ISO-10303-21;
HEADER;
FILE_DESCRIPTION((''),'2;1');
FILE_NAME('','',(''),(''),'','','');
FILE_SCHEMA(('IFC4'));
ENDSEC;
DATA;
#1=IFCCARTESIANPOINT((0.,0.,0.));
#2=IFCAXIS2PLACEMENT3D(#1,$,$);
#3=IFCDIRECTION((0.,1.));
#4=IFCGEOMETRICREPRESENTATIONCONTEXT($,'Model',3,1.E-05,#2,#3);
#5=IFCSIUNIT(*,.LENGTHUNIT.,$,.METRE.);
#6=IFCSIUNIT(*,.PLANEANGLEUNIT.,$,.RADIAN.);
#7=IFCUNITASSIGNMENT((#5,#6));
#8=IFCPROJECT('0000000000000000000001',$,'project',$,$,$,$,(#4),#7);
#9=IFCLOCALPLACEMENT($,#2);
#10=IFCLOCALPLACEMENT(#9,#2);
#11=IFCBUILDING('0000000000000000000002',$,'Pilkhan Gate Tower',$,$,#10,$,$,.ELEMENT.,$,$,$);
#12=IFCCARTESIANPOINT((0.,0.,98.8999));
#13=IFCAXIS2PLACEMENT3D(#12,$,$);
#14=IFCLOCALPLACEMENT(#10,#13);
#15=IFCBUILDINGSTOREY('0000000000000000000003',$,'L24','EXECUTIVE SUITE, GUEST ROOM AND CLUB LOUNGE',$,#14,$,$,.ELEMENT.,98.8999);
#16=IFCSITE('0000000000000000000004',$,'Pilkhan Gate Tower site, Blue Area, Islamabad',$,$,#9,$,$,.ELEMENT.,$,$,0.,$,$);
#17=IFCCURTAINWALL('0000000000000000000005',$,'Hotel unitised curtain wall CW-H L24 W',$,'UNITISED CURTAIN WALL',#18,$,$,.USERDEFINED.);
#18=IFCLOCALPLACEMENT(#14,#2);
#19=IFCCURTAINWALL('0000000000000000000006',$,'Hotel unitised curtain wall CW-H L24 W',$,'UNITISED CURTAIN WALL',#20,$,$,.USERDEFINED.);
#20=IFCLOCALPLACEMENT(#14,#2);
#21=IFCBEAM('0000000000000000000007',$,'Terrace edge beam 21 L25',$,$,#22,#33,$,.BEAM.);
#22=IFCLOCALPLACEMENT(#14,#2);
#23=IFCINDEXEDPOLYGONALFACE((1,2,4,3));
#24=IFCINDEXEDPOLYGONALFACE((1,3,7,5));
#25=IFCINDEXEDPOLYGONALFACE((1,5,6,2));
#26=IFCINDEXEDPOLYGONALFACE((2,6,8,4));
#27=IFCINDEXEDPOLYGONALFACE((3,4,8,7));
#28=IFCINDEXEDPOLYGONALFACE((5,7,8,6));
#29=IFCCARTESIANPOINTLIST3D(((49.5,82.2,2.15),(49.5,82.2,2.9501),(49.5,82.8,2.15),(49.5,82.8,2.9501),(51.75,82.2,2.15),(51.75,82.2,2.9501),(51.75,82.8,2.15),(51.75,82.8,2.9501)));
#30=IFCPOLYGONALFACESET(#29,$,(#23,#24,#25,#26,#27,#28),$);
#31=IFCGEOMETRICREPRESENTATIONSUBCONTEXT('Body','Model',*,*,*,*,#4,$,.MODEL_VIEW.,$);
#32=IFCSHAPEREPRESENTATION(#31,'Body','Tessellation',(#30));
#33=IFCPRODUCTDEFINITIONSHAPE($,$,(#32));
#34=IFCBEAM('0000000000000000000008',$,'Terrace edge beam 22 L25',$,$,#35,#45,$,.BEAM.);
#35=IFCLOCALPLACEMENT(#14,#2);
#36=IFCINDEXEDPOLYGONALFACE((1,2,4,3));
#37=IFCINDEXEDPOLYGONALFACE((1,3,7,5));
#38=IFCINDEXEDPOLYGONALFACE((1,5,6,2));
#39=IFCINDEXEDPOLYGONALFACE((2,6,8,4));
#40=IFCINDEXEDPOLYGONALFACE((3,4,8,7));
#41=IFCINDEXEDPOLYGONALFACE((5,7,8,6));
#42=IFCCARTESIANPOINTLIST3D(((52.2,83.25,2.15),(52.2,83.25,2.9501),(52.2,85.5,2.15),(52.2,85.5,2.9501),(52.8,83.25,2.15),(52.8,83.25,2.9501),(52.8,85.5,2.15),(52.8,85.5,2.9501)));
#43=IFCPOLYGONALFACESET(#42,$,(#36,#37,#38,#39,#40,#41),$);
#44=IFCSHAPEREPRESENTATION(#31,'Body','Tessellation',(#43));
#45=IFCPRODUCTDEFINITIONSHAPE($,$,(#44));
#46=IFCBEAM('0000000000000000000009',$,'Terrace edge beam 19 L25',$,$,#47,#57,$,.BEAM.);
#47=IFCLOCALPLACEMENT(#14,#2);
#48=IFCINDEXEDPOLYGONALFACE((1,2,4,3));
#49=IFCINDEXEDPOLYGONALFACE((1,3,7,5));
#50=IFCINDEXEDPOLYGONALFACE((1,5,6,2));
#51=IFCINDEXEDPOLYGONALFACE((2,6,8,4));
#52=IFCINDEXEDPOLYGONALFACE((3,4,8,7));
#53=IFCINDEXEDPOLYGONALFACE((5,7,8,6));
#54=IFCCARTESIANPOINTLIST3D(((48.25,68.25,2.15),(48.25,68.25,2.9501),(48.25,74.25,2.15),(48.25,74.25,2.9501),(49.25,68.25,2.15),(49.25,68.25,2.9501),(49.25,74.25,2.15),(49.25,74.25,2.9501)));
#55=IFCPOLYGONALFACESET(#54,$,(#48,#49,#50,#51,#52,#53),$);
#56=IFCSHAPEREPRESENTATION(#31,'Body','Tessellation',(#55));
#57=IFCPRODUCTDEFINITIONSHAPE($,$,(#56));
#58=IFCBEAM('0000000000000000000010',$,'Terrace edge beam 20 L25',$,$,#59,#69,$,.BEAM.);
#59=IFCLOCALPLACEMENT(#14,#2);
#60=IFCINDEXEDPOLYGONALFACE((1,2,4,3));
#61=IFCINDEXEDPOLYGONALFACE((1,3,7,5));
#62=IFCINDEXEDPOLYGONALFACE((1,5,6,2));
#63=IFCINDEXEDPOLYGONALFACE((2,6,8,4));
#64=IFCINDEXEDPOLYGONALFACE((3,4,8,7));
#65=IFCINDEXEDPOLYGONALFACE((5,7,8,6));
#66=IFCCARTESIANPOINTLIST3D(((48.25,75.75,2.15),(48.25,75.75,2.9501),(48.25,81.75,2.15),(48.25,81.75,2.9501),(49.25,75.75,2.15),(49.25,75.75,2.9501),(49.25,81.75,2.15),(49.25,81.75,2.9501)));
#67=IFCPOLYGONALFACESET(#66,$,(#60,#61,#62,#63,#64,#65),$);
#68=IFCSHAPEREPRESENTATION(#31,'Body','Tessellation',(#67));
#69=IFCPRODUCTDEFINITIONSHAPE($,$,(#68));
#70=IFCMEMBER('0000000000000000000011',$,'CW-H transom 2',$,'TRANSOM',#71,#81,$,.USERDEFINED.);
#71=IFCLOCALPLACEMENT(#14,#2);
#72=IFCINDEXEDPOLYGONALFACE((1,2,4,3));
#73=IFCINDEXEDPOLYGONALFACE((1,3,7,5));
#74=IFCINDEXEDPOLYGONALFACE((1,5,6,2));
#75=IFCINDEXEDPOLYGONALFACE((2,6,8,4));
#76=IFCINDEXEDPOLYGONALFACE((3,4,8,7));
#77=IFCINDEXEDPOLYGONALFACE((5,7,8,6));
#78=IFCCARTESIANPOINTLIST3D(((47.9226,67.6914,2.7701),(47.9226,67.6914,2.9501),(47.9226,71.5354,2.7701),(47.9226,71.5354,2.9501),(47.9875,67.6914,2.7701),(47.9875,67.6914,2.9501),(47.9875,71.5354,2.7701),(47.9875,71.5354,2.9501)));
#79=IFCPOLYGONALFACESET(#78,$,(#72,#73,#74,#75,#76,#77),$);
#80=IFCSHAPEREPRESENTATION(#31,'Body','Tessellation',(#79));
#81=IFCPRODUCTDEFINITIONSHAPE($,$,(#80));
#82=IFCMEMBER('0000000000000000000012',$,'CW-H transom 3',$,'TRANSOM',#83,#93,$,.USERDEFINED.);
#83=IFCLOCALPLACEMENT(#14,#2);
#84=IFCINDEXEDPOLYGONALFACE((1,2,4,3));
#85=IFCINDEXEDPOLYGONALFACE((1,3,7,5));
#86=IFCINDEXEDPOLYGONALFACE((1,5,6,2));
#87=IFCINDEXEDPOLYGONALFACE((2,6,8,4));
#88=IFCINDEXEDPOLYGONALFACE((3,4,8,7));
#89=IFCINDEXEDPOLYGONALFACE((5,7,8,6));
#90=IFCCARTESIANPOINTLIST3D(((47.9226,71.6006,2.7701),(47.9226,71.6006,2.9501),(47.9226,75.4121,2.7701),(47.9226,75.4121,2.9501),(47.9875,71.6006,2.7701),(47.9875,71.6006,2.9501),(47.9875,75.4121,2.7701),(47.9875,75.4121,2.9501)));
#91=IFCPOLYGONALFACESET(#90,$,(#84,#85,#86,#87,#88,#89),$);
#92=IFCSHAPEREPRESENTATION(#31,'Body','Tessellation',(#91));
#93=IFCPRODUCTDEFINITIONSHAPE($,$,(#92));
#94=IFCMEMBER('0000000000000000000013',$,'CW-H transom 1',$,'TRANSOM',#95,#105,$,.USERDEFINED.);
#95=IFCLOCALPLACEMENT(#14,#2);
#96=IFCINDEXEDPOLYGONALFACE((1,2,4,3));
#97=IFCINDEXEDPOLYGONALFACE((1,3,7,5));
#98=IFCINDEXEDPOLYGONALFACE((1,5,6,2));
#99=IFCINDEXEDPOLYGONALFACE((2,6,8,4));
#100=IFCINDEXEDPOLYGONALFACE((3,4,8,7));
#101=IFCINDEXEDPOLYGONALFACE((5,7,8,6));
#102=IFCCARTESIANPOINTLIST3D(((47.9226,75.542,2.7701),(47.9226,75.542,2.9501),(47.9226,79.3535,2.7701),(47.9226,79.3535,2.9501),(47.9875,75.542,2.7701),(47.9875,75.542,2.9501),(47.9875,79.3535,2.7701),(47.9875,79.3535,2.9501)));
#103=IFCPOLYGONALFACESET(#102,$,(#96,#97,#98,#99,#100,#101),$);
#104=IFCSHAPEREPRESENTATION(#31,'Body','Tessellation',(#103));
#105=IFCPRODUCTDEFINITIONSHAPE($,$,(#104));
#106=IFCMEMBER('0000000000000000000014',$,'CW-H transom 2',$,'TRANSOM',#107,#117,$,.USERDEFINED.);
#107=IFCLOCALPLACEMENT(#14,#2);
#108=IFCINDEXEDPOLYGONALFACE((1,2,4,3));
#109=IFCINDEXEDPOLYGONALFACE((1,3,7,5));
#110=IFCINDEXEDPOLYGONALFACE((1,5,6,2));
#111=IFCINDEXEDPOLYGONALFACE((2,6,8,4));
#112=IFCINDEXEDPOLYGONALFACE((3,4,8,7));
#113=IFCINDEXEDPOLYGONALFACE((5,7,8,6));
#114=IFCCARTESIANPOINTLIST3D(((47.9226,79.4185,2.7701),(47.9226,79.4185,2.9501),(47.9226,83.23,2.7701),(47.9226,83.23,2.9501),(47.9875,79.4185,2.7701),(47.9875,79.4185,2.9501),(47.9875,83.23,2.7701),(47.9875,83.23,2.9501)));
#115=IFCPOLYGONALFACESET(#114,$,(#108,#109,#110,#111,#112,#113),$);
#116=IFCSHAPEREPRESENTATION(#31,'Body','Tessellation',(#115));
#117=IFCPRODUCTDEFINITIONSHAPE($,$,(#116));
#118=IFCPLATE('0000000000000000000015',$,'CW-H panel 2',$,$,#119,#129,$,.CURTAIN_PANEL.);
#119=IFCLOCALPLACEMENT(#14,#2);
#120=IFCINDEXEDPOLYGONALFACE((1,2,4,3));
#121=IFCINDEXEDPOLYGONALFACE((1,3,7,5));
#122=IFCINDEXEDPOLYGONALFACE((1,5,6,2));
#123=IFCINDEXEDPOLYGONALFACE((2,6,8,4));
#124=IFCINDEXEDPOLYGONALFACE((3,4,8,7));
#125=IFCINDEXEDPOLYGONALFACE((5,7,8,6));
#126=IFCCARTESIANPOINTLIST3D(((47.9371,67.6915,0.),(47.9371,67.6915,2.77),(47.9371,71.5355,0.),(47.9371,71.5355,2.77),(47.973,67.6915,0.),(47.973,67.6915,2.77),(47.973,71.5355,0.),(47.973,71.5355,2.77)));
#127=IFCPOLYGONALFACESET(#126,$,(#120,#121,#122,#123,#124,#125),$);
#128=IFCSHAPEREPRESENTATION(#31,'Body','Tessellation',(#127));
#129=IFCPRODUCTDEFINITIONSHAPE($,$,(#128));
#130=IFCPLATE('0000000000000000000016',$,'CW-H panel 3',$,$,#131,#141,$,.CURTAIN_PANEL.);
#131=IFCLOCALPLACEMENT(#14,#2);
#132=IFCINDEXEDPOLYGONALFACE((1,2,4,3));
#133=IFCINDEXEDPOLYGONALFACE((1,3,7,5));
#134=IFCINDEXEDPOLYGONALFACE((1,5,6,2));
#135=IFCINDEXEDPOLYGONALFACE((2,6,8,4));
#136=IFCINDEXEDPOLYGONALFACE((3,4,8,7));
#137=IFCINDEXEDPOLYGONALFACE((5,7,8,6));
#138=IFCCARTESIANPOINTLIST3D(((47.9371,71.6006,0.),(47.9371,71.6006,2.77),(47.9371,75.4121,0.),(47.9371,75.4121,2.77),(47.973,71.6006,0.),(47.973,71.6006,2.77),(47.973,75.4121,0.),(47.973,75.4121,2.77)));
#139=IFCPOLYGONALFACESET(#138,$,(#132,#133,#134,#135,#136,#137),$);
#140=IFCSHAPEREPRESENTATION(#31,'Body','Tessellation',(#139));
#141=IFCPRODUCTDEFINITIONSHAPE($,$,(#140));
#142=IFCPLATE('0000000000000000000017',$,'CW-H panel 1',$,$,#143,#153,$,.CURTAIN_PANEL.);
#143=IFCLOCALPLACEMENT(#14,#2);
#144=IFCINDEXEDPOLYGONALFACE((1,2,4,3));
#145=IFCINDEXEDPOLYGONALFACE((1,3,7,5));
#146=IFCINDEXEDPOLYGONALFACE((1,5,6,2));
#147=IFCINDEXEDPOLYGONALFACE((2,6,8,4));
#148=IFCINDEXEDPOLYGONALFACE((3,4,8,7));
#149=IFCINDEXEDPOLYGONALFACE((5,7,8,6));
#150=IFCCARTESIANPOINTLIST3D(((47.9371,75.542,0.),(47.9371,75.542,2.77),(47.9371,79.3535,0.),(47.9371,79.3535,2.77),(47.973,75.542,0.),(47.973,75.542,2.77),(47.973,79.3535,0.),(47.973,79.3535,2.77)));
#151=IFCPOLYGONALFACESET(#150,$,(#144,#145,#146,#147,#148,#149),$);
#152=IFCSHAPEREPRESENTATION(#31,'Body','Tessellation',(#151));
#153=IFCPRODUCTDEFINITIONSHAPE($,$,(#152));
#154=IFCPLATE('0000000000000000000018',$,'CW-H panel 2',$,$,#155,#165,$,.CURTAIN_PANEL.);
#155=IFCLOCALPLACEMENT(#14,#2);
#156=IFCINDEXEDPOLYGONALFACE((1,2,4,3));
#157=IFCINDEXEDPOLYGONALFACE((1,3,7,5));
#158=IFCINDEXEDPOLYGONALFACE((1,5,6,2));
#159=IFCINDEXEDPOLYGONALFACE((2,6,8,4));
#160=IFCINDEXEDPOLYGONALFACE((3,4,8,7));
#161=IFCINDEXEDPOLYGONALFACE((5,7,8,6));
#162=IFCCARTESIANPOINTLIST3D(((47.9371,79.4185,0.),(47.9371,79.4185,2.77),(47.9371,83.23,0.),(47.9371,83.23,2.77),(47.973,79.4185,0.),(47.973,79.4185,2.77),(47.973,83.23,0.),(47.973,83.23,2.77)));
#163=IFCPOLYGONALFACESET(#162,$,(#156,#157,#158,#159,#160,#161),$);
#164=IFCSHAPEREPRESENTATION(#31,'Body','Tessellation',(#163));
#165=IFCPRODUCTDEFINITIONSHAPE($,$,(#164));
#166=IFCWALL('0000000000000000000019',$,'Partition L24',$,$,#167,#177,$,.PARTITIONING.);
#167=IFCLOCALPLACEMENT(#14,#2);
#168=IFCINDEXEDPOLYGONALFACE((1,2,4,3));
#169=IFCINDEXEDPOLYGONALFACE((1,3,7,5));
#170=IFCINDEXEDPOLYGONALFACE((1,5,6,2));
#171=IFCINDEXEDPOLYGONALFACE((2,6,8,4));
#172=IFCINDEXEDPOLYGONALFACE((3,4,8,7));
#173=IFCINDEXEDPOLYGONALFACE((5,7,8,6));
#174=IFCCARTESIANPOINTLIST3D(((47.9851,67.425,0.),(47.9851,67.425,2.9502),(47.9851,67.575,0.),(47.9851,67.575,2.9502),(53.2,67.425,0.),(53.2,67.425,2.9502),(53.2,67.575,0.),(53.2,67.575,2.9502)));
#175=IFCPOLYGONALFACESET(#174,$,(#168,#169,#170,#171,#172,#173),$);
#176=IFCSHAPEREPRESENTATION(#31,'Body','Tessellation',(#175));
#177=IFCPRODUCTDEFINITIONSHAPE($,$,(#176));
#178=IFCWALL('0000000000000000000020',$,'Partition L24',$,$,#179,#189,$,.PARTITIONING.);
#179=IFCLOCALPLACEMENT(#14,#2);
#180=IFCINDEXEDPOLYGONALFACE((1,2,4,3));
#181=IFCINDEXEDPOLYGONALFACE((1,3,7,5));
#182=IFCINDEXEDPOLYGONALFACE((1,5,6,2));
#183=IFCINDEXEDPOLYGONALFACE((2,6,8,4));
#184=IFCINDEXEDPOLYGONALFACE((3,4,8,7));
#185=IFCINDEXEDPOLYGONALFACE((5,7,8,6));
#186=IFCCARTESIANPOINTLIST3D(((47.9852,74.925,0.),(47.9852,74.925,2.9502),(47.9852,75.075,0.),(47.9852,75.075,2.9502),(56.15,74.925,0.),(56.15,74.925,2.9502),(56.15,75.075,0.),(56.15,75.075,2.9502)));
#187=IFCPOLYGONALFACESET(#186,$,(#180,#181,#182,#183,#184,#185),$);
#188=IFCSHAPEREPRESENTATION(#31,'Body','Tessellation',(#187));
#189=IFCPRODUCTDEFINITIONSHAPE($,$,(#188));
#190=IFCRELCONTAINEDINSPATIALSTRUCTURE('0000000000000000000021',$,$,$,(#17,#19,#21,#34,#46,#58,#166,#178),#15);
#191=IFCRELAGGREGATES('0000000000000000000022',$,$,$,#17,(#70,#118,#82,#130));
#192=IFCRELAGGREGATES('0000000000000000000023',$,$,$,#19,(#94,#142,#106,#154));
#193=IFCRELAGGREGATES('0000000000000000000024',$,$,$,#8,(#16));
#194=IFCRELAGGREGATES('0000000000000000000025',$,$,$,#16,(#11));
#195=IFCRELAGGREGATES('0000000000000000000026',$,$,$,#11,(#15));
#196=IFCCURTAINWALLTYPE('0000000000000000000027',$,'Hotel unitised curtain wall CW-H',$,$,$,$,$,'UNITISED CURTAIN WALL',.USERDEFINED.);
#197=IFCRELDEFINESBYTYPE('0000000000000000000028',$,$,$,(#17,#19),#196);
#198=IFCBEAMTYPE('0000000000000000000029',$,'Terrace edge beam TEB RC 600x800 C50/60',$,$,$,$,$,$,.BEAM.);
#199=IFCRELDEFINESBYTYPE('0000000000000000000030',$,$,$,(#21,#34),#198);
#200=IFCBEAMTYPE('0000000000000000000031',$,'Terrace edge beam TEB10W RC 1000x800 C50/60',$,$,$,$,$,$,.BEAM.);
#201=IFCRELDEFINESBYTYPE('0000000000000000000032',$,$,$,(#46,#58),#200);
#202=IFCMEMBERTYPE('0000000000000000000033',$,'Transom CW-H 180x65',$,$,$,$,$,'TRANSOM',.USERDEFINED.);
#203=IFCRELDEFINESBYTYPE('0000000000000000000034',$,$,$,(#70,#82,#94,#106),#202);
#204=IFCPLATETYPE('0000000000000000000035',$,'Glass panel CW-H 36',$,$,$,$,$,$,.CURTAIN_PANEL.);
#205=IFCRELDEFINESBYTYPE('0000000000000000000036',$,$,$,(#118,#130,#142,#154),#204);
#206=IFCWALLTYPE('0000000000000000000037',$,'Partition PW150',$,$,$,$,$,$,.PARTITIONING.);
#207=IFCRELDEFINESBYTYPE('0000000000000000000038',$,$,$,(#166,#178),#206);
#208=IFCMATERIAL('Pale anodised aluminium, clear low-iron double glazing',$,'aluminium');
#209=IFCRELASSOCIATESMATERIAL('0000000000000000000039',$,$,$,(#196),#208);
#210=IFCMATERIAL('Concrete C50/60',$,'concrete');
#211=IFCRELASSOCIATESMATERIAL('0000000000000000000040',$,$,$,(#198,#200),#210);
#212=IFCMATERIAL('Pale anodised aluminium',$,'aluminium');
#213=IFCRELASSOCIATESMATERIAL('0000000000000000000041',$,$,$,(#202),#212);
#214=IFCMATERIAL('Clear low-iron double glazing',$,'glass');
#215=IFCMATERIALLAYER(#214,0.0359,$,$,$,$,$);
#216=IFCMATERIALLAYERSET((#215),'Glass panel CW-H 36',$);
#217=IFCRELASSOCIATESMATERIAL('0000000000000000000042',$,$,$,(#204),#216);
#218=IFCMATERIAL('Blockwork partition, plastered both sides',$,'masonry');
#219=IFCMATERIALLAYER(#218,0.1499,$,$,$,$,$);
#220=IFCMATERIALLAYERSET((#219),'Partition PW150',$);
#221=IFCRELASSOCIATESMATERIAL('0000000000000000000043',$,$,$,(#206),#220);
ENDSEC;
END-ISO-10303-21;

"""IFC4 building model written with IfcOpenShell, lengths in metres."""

from ifc_helpers import new_model, si_unit, direction, frame, frame_2d, origin, origin_2d, place, context, subcontext, project, spatial, rectangle, extrude, material, layer, layer_set, material_profile, profile_set, type_object, element, aggregate, save


model = new_model("IFC4")

# Units and contexts
model_context = context("Model", 3, precision=1e-05, world=origin(), true_north=direction((0.0, 1.0)))
body_context = subcontext(model_context, "Body", "Model", "MODEL_VIEW")
ifc_project = project(units=[si_unit("LENGTHUNIT", "METRE"), si_unit("PLANEANGLEUNIT", "RADIAN")], contexts=[model_context])

# Site, building, storey
site_placement = place(None, origin())
site = spatial("IfcSite", under=ifc_project, at=site_placement, Name="Pilkhan Gate Tower site, Blue Area, Islamabad", CompositionType="ELEMENT", RefElevation=0.0)
building_placement = place(site_placement, origin())
building = spatial("IfcBuilding", under=site, at=building_placement, Name="Pilkhan Gate Tower", CompositionType="ELEMENT")
storey_placement = place(building_placement, frame((0.0, 0.0, 98.8999)))
storey = spatial("IfcBuildingStorey", under=building, at=storey_placement, Name="L24", Description="EXECUTIVE SUITE, GUEST ROOM AND CLUB LOUNGE", CompositionType="ELEMENT", Elevation=98.8999)

# Shared definitions
ifc_material_1 = material(Name="Concrete C50/60", Category="concrete")

# Curtain walls
ifc_material_2 = material(Name="Pale anodised aluminium, clear low-iron double glazing", Category="aluminium")
curtain_wall_type = type_object("IfcCurtainWallType", Name="Hotel unitised curtain wall CW-H", ElementType="UNITISED CURTAIN WALL", PredefinedType="USERDEFINED", material=ifc_material_2)
curtain_wall_1_placement = place(storey_placement, origin())
curtain_wall_1 = element("IfcCurtainWall", 1, at=curtain_wall_1_placement, inside=storey, type_object=curtain_wall_type, Name="Hotel unitised curtain wall CW-H L24 W", ObjectType="UNITISED CURTAIN WALL", PredefinedType="USERDEFINED")
ifc_material_3 = material(Name="Pale anodised aluminium", Category="aluminium")
curtain_wall_2_placement = place(storey_placement, origin())
curtain_wall_2 = element("IfcCurtainWall", 2, at=curtain_wall_2_placement, inside=storey, type_object=curtain_wall_type, Name="Hotel unitised curtain wall CW-H L24 W", ObjectType="UNITISED CURTAIN WALL", PredefinedType="USERDEFINED")

# Beams
ifc_material_profile_1 = material_profile(ifc_material_1, rectangle(XDim=0.6001, YDim=0.8, at=origin_2d()), Name="RC 600x800")
ifc_profile_set_1 = profile_set([ifc_material_profile_1], Name="Concrete C50/60")
beam_type_1 = type_object("IfcBeamType", Name="Terrace edge beam TEB RC 600x800 C50/60", PredefinedType="BEAM", material=ifc_profile_set_1)
for number, where, z_axis, x_axis, name in (
    (3, (49.5, 82.5, 2.55), (1.0, 0.0, 0.0), (0.0, 1.0, 0.0), "Terrace edge beam 21 L25"),
    (4, (52.5, 83.25, 2.55), (0.0, 1.0, 0.0), (-1.0, 0.0, 0.0), "Terrace edge beam 22 L25"),
):
    element("IfcBeam", number, at=place(storey_placement, frame(where, z_axis=z_axis, x_axis=x_axis)), inside=storey, type_object=beam_type_1, Name=name, PredefinedType="BEAM", context=body_context, shape_type="SweptSolid", body=[
        extrude(rectangle(XDim=0.6001, YDim=0.8, at=origin_2d()), origin(), (0.0, 0.0, 1.0), 2.25),
    ])
ifc_material_profile_2 = material_profile(ifc_material_1, rectangle(XDim=1.0, YDim=0.8, at=origin_2d()), Name="RC 1000x800")
ifc_profile_set_2 = profile_set([ifc_material_profile_2], Name="Concrete C50/60")
beam_type_2 = type_object("IfcBeamType", Name="Terrace edge beam TEB10W RC 1000x800 C50/60", PredefinedType="BEAM", material=ifc_profile_set_2)
for number, where, z_axis, x_axis, name in (
    (5, (48.75, 68.25, 2.55), (0.0, 1.0, 0.0), (-1.0, 0.0, 0.0), "Terrace edge beam 19 L25"),
    (6, (48.75, 75.75, 2.55), (0.0, 1.0, 0.0), (-1.0, 0.0, 0.0), "Terrace edge beam 20 L25"),
):
    element("IfcBeam", number, at=place(storey_placement, frame(where, z_axis=z_axis, x_axis=x_axis)), inside=storey, type_object=beam_type_2, Name=name, PredefinedType="BEAM", context=body_context, shape_type="SweptSolid", body=[
        extrude(rectangle(XDim=1.0, YDim=0.8, at=origin_2d()), origin(), (0.0, 0.0, 1.0), 6.0),
    ])

# Members
ifc_material_profile_3 = material_profile(ifc_material_3, rectangle(XDim=0.0649, YDim=0.1799, at=origin_2d()), Name="Transom 180x65")
ifc_profile_set_3 = profile_set([ifc_material_profile_3], Name="Pale anodised aluminium")
member_type_1 = type_object("IfcMemberType", Name="Transom CW-H 180x65", ElementType="TRANSOM", PredefinedType="USERDEFINED", material=ifc_profile_set_3)
member_1_placement = place(storey_placement, frame((47.9551, 67.6914, 2.8601), z_axis=(0.0, 1.0, 0.0), x_axis=(-1.0, 0.0, 0.0)))
member_1 = element("IfcMember", 7, at=member_1_placement, type_object=member_type_1, Name="CW-H transom 2", ObjectType="TRANSOM", PredefinedType="USERDEFINED", context=body_context, shape_type="SweptSolid", body=[
    extrude(rectangle(XDim=0.0649, YDim=0.1799, at=origin_2d()), origin(), (0.0, 0.0, 1.0), 3.844),
])
member_2_placement = place(storey_placement, frame((47.9551, 71.6006, 2.8601), z_axis=(0.0, 1.0, 0.0), x_axis=(-1.0, 0.0, 0.0)))
member_2 = element("IfcMember", 8, at=member_2_placement, type_object=member_type_1, Name="CW-H transom 3", ObjectType="TRANSOM", PredefinedType="USERDEFINED", context=body_context, shape_type="SweptSolid", body=[
    extrude(rectangle(XDim=0.0649, YDim=0.1799, at=origin_2d()), origin(), (0.0, 0.0, 1.0), 3.8115),
])
member_3_placement = place(storey_placement, frame((47.9551, 75.542, 2.8601), z_axis=(0.0, 1.0, 0.0), x_axis=(-1.0, 0.0, 0.0)))
member_3 = element("IfcMember", 9, at=member_3_placement, type_object=member_type_1, Name="CW-H transom 1", ObjectType="TRANSOM", PredefinedType="USERDEFINED", context=body_context, shape_type="SweptSolid", body=[
    extrude(rectangle(XDim=0.0649, YDim=0.1799, at=origin_2d()), origin(), (0.0, 0.0, 1.0), 3.8115),
])
member_4_placement = place(storey_placement, frame((47.9551, 79.4185, 2.8601), z_axis=(0.0, 1.0, 0.0), x_axis=(-1.0, 0.0, 0.0)))
member_4 = element("IfcMember", 10, at=member_4_placement, type_object=member_type_1, Name="CW-H transom 2", ObjectType="TRANSOM", PredefinedType="USERDEFINED", context=body_context, shape_type="SweptSolid", body=[
    extrude(rectangle(XDim=0.0649, YDim=0.1799, at=origin_2d()), origin(), (0.0, 0.0, 1.0), 3.8115),
])

# Plates
ifc_material_4 = material(Name="Clear low-iron double glazing", Category="glass")
ifc_layer_1 = layer(ifc_material_4, 0.0359)
ifc_layer_set_1 = layer_set([ifc_layer_1], Name="Glass panel CW-H 36")
plate_type = type_object("IfcPlateType", Name="Glass panel CW-H 36", PredefinedType="CURTAIN_PANEL", material=ifc_layer_set_1)
plate_1_placement = place(storey_placement, frame((47.9551, 69.6135, 0.0), z_axis=(0.0, 0.0, 1.0), x_axis=(0.0, 1.0, 0.0)))
plate_1 = element("IfcPlate", 11, at=plate_1_placement, type_object=plate_type, Name="CW-H panel 2", PredefinedType="CURTAIN_PANEL", context=body_context, shape_type="SweptSolid", body=[
    extrude(rectangle(XDim=3.844, YDim=0.0359, at=origin_2d()), origin(), (0.0, 0.0, 1.0), 2.77),
])
plate_2_placement = place(storey_placement, frame((47.9551, 73.5063, 0.0), z_axis=(0.0, 0.0, 1.0), x_axis=(0.0, 1.0, 0.0)))
plate_2 = element("IfcPlate", 12, at=plate_2_placement, type_object=plate_type, Name="CW-H panel 3", PredefinedType="CURTAIN_PANEL", context=body_context, shape_type="SweptSolid", body=[
    extrude(rectangle(XDim=3.8115, YDim=0.0359, at=origin_2d()), origin(), (0.0, 0.0, 1.0), 2.77),
])
aggregate(curtain_wall_1, [member_1, plate_1, member_2, plate_2])
plate_3_placement = place(storey_placement, frame((47.9551, 77.4478, 0.0), z_axis=(0.0, 0.0, 1.0), x_axis=(0.0, 1.0, 0.0)))
plate_3 = element("IfcPlate", 13, at=plate_3_placement, type_object=plate_type, Name="CW-H panel 1", PredefinedType="CURTAIN_PANEL", context=body_context, shape_type="SweptSolid", body=[
    extrude(rectangle(XDim=3.8115, YDim=0.0359, at=origin_2d()), origin(), (0.0, 0.0, 1.0), 2.77),
])
plate_4_placement = place(storey_placement, frame((47.9551, 81.3242, 0.0), z_axis=(0.0, 0.0, 1.0), x_axis=(0.0, 1.0, 0.0)))
plate_4 = element("IfcPlate", 14, at=plate_4_placement, type_object=plate_type, Name="CW-H panel 2", PredefinedType="CURTAIN_PANEL", context=body_context, shape_type="SweptSolid", body=[
    extrude(rectangle(XDim=3.8115, YDim=0.0359, at=origin_2d()), origin(), (0.0, 0.0, 1.0), 2.77),
])
aggregate(curtain_wall_2, [member_3, plate_3, member_4, plate_4])

# Walls
ifc_material_5 = material(Name="Blockwork partition, plastered both sides", Category="masonry")
ifc_layer_2 = layer(ifc_material_5, 0.1499)
ifc_layer_set_2 = layer_set([ifc_layer_2], Name="Partition PW150")
wall_type_1 = type_object("IfcWallType", Name="Partition PW150", PredefinedType="PARTITIONING", material=ifc_layer_set_2)
wall_1_placement = place(storey_placement, frame((47.9851, 67.5, 0.0), z_axis=(0.0, 0.0, 1.0), x_axis=(1.0, 0.0, 0.0)))
element("IfcWall", 15, at=wall_1_placement, inside=storey, type_object=wall_type_1, Name="Partition L24", PredefinedType="PARTITIONING", context=body_context, shape_type="SweptSolid", body=[
    extrude(rectangle(XDim=5.2148, YDim=0.1499, at=frame_2d((2.6074, 0.0))), origin(), (0.0, 0.0, 1.0), 2.9502),
])
wall_2_placement = place(storey_placement, frame((47.9851, 75.0, 0.0), z_axis=(0.0, 0.0, 1.0), x_axis=(1.0, 0.0, 0.0)))
element("IfcWall", 16, at=wall_2_placement, inside=storey, type_object=wall_type_1, Name="Partition L24", PredefinedType="PARTITIONING", context=body_context, shape_type="SweptSolid", body=[
    extrude(rectangle(XDim=8.1648, YDim=0.1499, at=frame_2d((4.0825, 0.0))), origin(), (0.0, 0.0, 1.0), 2.9502),
])

save(model, "model.ifc")
